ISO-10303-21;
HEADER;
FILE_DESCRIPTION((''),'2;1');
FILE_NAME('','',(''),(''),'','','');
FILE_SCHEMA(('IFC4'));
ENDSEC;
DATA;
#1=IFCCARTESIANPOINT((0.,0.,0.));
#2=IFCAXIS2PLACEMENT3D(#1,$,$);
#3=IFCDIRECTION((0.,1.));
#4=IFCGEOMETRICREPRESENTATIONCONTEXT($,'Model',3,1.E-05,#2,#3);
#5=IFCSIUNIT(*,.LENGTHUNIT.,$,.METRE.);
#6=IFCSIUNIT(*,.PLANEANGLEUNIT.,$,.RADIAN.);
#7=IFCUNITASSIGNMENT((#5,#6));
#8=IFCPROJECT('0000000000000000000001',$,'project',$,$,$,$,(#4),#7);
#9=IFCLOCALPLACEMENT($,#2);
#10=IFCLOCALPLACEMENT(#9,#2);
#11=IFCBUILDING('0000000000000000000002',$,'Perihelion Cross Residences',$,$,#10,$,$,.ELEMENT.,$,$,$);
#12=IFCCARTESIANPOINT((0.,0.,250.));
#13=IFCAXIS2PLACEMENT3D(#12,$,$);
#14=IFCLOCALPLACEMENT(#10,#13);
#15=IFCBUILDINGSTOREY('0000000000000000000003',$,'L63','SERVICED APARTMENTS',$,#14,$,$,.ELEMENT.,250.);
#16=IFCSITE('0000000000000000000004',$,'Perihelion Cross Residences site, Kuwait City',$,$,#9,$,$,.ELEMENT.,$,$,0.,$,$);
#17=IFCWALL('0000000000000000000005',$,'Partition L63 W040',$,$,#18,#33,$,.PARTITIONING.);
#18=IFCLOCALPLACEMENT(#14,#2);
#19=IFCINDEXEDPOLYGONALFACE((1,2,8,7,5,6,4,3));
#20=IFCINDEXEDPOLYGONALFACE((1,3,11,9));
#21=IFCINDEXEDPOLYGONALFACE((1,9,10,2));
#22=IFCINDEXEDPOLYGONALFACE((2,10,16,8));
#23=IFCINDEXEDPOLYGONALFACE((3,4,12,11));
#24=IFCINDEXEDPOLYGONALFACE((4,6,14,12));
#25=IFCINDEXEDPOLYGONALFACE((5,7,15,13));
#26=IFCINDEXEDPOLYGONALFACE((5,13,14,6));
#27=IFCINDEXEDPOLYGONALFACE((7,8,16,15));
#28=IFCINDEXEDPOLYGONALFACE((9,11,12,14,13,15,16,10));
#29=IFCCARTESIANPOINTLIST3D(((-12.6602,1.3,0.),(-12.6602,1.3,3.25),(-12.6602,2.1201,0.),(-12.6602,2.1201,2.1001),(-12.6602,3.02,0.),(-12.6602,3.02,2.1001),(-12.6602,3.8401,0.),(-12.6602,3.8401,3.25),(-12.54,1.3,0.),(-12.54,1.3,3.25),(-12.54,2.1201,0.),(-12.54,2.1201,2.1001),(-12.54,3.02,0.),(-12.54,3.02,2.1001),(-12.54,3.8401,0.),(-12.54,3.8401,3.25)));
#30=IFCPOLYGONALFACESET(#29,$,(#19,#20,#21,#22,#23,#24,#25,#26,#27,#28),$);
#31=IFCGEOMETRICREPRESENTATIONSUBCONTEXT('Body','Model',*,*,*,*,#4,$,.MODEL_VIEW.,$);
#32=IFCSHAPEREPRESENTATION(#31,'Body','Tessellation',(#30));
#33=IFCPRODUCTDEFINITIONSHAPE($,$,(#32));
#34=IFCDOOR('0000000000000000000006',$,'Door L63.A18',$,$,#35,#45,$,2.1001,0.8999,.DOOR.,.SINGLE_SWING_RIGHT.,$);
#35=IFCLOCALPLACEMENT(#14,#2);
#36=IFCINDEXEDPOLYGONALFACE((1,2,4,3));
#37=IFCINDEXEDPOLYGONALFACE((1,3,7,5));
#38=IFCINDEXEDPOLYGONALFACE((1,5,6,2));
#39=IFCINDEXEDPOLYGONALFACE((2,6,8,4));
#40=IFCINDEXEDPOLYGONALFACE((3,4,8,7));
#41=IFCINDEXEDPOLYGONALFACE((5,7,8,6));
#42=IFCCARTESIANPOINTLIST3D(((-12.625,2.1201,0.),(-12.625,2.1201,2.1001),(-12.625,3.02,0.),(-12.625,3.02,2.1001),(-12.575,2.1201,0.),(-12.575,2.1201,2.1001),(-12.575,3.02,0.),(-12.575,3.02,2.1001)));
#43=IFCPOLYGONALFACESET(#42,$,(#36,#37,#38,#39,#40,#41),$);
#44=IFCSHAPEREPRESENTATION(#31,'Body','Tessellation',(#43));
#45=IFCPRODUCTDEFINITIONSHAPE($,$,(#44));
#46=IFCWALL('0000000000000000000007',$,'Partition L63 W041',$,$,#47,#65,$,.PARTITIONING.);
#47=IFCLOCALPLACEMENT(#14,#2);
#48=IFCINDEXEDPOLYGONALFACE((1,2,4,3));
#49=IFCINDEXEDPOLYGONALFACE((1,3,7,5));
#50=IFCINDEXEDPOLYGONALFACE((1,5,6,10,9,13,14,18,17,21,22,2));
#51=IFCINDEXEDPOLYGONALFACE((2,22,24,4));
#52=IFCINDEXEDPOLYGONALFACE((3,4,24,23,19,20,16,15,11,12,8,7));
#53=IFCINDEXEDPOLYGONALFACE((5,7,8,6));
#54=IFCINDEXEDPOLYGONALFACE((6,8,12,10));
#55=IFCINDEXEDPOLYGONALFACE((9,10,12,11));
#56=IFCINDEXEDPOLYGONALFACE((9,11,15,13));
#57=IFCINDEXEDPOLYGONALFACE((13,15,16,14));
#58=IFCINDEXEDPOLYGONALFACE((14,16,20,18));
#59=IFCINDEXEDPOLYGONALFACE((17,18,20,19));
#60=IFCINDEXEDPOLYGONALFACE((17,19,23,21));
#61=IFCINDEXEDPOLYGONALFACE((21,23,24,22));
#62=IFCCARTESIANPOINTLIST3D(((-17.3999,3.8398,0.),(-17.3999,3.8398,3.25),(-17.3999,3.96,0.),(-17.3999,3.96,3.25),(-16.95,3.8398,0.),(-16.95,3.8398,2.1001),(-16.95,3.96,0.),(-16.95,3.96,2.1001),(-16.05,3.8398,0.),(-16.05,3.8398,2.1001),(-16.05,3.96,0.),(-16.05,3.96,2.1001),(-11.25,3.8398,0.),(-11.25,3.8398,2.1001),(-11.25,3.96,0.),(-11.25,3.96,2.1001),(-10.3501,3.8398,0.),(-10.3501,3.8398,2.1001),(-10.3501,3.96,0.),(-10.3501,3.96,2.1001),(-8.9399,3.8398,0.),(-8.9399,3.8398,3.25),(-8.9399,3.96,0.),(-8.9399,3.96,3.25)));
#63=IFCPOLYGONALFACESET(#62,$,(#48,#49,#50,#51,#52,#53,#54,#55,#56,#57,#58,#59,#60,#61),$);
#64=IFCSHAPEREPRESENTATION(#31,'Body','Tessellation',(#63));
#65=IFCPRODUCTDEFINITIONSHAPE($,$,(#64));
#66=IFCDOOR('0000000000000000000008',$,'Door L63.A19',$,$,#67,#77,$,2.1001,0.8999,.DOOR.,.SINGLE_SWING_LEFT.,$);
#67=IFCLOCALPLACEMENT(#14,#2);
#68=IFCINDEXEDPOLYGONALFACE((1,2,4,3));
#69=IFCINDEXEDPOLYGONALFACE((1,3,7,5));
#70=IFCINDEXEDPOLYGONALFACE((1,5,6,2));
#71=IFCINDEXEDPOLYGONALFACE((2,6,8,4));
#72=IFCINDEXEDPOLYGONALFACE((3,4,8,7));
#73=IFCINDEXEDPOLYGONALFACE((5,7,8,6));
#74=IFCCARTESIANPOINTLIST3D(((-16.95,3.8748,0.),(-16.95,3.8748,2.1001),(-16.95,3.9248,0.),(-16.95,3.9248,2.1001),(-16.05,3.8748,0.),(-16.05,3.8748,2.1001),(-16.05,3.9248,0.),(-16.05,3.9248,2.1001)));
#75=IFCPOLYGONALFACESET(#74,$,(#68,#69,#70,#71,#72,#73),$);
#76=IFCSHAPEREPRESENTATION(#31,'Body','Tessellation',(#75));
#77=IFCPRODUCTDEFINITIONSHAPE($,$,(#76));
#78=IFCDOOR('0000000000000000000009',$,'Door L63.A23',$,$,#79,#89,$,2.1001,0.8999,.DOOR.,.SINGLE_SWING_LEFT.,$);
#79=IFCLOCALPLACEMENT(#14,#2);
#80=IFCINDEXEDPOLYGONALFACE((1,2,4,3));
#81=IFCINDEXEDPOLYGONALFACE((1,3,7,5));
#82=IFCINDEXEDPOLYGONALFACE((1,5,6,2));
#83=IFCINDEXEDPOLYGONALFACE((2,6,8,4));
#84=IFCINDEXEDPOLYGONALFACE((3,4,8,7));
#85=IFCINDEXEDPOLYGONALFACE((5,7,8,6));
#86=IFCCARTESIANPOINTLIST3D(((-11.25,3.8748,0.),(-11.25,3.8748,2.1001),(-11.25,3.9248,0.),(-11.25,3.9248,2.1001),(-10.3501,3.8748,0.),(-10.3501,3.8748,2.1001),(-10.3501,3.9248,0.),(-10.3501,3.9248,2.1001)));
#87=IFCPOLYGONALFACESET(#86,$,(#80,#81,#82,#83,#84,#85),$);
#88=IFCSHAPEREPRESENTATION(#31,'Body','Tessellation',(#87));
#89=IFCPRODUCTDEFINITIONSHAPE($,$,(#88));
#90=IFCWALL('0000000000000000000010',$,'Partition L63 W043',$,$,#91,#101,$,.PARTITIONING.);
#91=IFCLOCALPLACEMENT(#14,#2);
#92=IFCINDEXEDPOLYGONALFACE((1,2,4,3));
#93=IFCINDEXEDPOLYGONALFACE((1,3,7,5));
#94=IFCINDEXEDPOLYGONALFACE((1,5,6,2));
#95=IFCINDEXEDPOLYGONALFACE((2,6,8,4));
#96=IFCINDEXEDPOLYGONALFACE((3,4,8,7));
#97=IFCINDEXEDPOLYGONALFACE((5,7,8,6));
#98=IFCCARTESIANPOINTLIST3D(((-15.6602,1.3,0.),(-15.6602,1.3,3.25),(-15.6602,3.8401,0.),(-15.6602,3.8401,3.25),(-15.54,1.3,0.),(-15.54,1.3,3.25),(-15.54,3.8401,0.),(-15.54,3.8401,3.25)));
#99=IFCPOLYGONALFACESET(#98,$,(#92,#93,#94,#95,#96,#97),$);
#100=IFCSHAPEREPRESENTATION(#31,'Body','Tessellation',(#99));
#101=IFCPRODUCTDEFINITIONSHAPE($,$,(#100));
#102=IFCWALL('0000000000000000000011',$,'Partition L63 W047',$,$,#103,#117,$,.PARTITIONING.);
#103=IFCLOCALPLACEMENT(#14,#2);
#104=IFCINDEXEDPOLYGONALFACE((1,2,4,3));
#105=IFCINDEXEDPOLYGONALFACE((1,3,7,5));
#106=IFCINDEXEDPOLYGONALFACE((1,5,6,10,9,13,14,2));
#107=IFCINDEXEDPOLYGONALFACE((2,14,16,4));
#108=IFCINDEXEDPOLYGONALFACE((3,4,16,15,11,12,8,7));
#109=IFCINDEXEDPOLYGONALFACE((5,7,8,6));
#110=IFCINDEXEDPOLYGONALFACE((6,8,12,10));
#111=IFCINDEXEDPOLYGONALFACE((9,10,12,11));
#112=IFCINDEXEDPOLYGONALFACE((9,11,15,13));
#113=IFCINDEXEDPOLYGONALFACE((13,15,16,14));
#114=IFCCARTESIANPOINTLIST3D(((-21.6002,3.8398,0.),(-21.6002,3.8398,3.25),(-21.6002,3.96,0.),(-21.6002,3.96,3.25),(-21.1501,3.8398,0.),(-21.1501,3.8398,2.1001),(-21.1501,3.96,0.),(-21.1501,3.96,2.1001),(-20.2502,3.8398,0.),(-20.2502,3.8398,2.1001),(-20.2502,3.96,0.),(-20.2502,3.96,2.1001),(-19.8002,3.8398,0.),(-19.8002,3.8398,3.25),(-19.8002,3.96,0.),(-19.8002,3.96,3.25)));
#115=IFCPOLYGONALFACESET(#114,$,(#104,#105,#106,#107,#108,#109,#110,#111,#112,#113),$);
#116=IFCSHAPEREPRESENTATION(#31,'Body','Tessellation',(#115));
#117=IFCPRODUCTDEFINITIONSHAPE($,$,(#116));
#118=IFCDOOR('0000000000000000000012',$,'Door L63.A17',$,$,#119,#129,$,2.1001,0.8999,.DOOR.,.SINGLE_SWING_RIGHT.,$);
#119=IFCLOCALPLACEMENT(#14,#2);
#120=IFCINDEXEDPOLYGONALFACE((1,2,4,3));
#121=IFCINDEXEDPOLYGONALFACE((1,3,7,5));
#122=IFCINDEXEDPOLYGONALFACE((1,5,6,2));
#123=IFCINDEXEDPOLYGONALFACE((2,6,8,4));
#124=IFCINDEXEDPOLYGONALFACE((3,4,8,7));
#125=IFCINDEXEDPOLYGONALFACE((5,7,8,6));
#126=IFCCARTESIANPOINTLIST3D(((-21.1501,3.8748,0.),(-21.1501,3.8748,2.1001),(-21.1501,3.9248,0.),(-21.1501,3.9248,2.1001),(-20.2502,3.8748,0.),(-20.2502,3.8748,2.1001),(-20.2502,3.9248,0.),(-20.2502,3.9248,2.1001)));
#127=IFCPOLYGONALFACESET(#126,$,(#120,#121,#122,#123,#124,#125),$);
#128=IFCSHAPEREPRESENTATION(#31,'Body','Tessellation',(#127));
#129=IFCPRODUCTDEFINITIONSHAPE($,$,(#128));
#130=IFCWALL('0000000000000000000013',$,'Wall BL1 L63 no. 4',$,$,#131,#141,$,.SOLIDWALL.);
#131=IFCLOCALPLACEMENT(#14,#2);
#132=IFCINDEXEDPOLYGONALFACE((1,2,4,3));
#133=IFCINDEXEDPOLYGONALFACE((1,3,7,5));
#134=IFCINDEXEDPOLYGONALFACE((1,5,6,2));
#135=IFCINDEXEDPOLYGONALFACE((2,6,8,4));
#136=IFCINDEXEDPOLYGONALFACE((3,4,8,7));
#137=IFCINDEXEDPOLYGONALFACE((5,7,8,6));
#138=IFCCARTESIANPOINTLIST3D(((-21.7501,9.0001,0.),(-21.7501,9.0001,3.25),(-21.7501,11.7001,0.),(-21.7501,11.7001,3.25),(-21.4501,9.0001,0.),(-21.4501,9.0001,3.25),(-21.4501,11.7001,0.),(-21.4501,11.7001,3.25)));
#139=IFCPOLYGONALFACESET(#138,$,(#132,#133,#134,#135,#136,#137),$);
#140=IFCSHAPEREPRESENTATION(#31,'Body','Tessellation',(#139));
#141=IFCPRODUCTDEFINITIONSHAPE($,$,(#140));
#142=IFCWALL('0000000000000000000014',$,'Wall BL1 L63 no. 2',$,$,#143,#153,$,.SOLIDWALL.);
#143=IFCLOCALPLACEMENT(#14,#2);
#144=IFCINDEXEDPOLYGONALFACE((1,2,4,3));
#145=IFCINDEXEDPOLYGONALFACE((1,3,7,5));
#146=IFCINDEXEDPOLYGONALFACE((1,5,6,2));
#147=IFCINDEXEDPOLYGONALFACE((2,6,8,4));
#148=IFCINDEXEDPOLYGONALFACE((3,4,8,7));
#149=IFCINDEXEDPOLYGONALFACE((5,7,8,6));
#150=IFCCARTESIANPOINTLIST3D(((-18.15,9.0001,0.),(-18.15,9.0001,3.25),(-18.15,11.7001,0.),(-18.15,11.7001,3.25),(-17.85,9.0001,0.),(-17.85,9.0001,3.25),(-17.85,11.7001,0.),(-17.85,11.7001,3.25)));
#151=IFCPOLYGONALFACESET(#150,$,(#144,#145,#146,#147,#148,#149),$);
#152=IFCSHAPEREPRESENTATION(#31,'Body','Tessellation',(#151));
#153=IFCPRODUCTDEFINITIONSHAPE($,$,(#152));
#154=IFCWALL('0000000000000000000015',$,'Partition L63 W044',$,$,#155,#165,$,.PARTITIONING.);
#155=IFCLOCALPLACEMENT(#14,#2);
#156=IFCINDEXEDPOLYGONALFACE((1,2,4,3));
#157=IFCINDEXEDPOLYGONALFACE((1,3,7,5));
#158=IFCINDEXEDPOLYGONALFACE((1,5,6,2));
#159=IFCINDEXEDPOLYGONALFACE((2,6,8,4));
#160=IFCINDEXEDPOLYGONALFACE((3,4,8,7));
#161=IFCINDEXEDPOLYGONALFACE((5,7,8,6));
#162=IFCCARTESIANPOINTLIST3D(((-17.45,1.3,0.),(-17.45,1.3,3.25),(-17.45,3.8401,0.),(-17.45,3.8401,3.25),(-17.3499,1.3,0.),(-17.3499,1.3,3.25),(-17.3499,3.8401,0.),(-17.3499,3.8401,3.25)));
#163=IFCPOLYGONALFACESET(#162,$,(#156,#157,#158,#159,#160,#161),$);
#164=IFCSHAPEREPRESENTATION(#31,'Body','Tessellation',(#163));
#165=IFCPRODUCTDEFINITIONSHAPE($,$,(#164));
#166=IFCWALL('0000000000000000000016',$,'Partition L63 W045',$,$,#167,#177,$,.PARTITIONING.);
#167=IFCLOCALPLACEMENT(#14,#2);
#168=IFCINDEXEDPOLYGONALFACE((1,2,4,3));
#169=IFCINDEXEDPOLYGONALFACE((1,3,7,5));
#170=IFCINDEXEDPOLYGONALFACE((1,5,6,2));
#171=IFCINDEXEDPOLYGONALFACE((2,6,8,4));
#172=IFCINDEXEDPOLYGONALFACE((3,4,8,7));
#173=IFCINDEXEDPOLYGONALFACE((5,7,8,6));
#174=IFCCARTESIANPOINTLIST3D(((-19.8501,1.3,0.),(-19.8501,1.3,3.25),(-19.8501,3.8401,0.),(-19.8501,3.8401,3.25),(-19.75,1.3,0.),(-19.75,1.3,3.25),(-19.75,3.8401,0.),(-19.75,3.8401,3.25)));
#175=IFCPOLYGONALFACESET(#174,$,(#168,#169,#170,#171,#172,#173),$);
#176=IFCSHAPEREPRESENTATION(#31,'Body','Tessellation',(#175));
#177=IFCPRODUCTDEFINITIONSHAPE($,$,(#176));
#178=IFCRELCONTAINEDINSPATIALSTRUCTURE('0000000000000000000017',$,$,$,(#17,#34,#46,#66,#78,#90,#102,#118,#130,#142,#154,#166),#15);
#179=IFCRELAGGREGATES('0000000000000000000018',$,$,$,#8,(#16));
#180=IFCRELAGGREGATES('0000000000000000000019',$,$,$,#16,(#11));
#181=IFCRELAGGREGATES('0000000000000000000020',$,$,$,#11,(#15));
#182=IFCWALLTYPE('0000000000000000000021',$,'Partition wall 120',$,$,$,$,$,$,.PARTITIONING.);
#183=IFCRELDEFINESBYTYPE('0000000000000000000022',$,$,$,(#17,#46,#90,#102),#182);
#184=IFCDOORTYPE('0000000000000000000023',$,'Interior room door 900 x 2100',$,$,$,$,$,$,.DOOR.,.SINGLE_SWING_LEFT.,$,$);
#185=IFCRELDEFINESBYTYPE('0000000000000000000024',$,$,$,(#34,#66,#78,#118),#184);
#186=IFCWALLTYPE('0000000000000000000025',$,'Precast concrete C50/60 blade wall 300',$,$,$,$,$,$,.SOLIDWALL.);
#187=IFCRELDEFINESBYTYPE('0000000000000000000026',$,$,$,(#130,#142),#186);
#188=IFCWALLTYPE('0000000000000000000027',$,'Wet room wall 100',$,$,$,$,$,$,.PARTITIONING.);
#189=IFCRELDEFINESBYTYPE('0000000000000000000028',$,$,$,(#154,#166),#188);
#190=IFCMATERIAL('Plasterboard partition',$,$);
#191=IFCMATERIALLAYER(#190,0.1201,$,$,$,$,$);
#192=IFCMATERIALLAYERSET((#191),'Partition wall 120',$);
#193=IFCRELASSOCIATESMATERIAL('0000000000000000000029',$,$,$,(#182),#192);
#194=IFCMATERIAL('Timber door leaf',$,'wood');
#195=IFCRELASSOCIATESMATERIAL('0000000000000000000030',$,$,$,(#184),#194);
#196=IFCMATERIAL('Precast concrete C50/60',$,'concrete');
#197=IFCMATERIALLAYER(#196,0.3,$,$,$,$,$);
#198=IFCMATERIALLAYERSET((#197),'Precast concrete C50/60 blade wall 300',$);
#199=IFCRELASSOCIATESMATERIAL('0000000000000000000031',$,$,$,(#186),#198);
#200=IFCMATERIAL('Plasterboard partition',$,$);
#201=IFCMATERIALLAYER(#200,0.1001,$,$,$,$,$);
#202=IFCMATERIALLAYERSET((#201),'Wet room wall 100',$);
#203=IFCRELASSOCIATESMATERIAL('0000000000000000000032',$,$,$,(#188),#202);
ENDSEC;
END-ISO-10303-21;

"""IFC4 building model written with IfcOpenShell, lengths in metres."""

from ifc_helpers import new_model, si_unit, direction, frame, frame_2d, origin, place, context, subcontext, project, spatial, rectangle, extrude, material, layer, layer_set, type_object, element, fill, save


model = new_model("IFC4")

# Units and contexts
model_context = context("Model", 3, precision=1e-05, world=origin(), true_north=direction((0.0, 1.0)))
body_context = subcontext(model_context, "Body", "Model", "MODEL_VIEW")
ifc_project = project(units=[si_unit("LENGTHUNIT", "METRE"), si_unit("PLANEANGLEUNIT", "RADIAN")], contexts=[model_context])

# Site, building, storey
site_placement = place(None, origin())
site = spatial("IfcSite", under=ifc_project, at=site_placement, Name="Perihelion Cross Residences site, Kuwait City", CompositionType="ELEMENT", RefElevation=0.0)
building_placement = place(site_placement, origin())
building = spatial("IfcBuilding", under=site, at=building_placement, Name="Perihelion Cross Residences", CompositionType="ELEMENT")
storey_placement = place(building_placement, frame((0.0, 0.0, 250.0)))
storey = spatial("IfcBuildingStorey", under=building, at=storey_placement, Name="L63", Description="SERVICED APARTMENTS", CompositionType="ELEMENT", Elevation=250.0)

# Wall, opening, door
ifc_material_1 = material(Name="Plasterboard partition")
ifc_layer_1 = layer(ifc_material_1, 0.1201)
ifc_layer_set_1 = layer_set([ifc_layer_1], Name="Partition wall 120")
wall_type_1 = type_object("IfcWallType", Name="Partition wall 120", PredefinedType="PARTITIONING", material=ifc_layer_set_1)
wall_1_placement = place(storey_placement, frame((-12.6001, 1.3, 0.0), z_axis=(0.0, 0.0, 1.0), x_axis=(0.0, 1.0, 0.0)))
wall_1 = element("IfcWall", 1, at=wall_1_placement, inside=storey, type_object=wall_type_1, Name="Partition L63 W040", PredefinedType="PARTITIONING", context=body_context, shape_type="SweptSolid", body=[
    extrude(rectangle(XDim=2.54, YDim=0.1201, at=frame_2d((1.27, 0.0))), origin(), (0.0, 0.0, 1.0), 3.25),
])
opening_1_placement = place(wall_1_placement, frame((0.8201, 0.0, 0.0)))
opening_1 = element("IfcOpeningElement", 2, at=opening_1_placement, cuts=wall_1, PredefinedType="OPENING", context=body_context, shape_type="SweptSolid", body=[
    extrude(rectangle(XDim=0.8999, YDim=2.1001, at=frame_2d((0.45, 1.05))), frame((0.0, 0.0701, 0.0), z_axis=(0.0, -1.0, 0.0), x_axis=(1.0, 0.0, 0.0)), (0.0, 0.0, 1.0), 0.1401),
])
ifc_material_2 = material(Name="Timber door leaf", Category="wood")
door_type_1 = type_object("IfcDoorType", Name="Interior room door 900 x 2100", OperationType="SINGLE_SWING_LEFT", PredefinedType="DOOR", material=ifc_material_2)
door_1_placement = place(opening_1_placement, origin())
door_1 = element("IfcDoor", 3, at=door_1_placement, inside=storey, type_object=door_type_1, Name="Door L63.A18", OperationType="SINGLE_SWING_RIGHT", OverallHeight=2.1001, OverallWidth=0.8999, PredefinedType="DOOR", context=body_context, shape_type="SweptSolid", body=[
    extrude(rectangle(XDim=0.8999, YDim=2.1001, at=frame_2d((0.45, 1.05))), frame((0.0, 0.0249, 0.0), z_axis=(0.0, -1.0, 0.0), x_axis=(1.0, 0.0, 0.0)), (0.0, 0.0, 1.0), 0.05),
])
fill(opening_1, door_1)

# Wall, openings, doors
wall_2_placement = place(storey_placement, frame((-17.3999, 3.8999, 0.0), z_axis=(0.0, 0.0, 1.0), x_axis=(1.0, 0.0, 0.0)))
wall_2 = element("IfcWall", 4, at=wall_2_placement, inside=storey, type_object=wall_type_1, Name="Partition L63 W041", PredefinedType="PARTITIONING", context=body_context, shape_type="SweptSolid", body=[
    extrude(rectangle(XDim=8.46, YDim=0.1201, at=frame_2d((4.23, 0.0))), origin(), (0.0, 0.0, 1.0), 3.25),
])
opening_2_placement = place(wall_2_placement, frame((0.45, 0.0, 0.0)))
opening_2 = element("IfcOpeningElement", 5, at=opening_2_placement, cuts=wall_2, PredefinedType="OPENING", context=body_context, shape_type="SweptSolid", body=[
    extrude(rectangle(XDim=0.8999, YDim=2.1001, at=frame_2d((0.45, 1.05))), frame((0.0, 0.0701, 0.0), z_axis=(0.0, -1.0, 0.0), x_axis=(1.0, 0.0, 0.0)), (0.0, 0.0, 1.0), 0.1401),
])
opening_3_placement = place(wall_2_placement, frame((6.1499, 0.0, 0.0)))
opening_3 = element("IfcOpeningElement", 6, at=opening_3_placement, cuts=wall_2, PredefinedType="OPENING", context=body_context, shape_type="SweptSolid", body=[
    extrude(rectangle(XDim=0.8999, YDim=2.1001, at=frame_2d((0.45, 1.05))), frame((0.0, 0.0701, 0.0), z_axis=(0.0, -1.0, 0.0), x_axis=(1.0, 0.0, 0.0)), (0.0, 0.0, 1.0), 0.1401),
])
door_2_placement = place(opening_2_placement, origin())
door_2 = element("IfcDoor", 7, at=door_2_placement, inside=storey, type_object=door_type_1, Name="Door L63.A19", OperationType="SINGLE_SWING_LEFT", OverallHeight=2.1001, OverallWidth=0.8999, PredefinedType="DOOR", context=body_context, shape_type="SweptSolid", body=[
    extrude(rectangle(XDim=0.8999, YDim=2.1001, at=frame_2d((0.45, 1.05))), frame((0.0, 0.0249, 0.0), z_axis=(0.0, -1.0, 0.0), x_axis=(1.0, 0.0, 0.0)), (0.0, 0.0, 1.0), 0.05),
])
fill(opening_2, door_2)
door_3_placement = place(opening_3_placement, origin())
door_3 = element("IfcDoor", 8, at=door_3_placement, inside=storey, type_object=door_type_1, Name="Door L63.A23", OperationType="SINGLE_SWING_LEFT", OverallHeight=2.1001, OverallWidth=0.8999, PredefinedType="DOOR", context=body_context, shape_type="SweptSolid", body=[
    extrude(rectangle(XDim=0.8999, YDim=2.1001, at=frame_2d((0.45, 1.05))), frame((0.0, 0.0249, 0.0), z_axis=(0.0, -1.0, 0.0), x_axis=(1.0, 0.0, 0.0)), (0.0, 0.0, 1.0), 0.05),
])
fill(opening_3, door_3)

# Wall
wall_3_placement = place(storey_placement, frame((-15.6001, 1.3, 0.0), z_axis=(0.0, 0.0, 1.0), x_axis=(0.0, 1.0, 0.0)))
element("IfcWall", 9, at=wall_3_placement, inside=storey, type_object=wall_type_1, Name="Partition L63 W043", PredefinedType="PARTITIONING", context=body_context, shape_type="SweptSolid", body=[
    extrude(rectangle(XDim=2.54, YDim=0.1201, at=frame_2d((1.27, 0.0))), origin(), (0.0, 0.0, 1.0), 3.25),
])

# Wall, opening, door
wall_4_placement = place(storey_placement, frame((-21.6001, 3.8999, 0.0), z_axis=(0.0, 0.0, 1.0), x_axis=(1.0, 0.0, 0.0)))
wall_4 = element("IfcWall", 10, at=wall_4_placement, inside=storey, type_object=wall_type_1, Name="Partition L63 W047", PredefinedType="PARTITIONING", context=body_context, shape_type="SweptSolid", body=[
    extrude(rectangle(XDim=1.8, YDim=0.1201, at=frame_2d((0.8999, 0.0))), origin(), (0.0, 0.0, 1.0), 3.25),
])
opening_4_placement = place(wall_4_placement, frame((0.45, 0.0, 0.0)))
opening_4 = element("IfcOpeningElement", 11, at=opening_4_placement, cuts=wall_4, PredefinedType="OPENING", context=body_context, shape_type="SweptSolid", body=[
    extrude(rectangle(XDim=0.8999, YDim=2.1001, at=frame_2d((0.45, 1.05))), frame((0.0, 0.0701, 0.0), z_axis=(0.0, -1.0, 0.0), x_axis=(1.0, 0.0, 0.0)), (0.0, 0.0, 1.0), 0.1401),
])
door_4_placement = place(opening_4_placement, origin())
door_4 = element("IfcDoor", 12, at=door_4_placement, inside=storey, type_object=door_type_1, Name="Door L63.A17", OperationType="SINGLE_SWING_RIGHT", OverallHeight=2.1001, OverallWidth=0.8999, PredefinedType="DOOR", context=body_context, shape_type="SweptSolid", body=[
    extrude(rectangle(XDim=0.8999, YDim=2.1001, at=frame_2d((0.45, 1.05))), frame((0.0, 0.0249, 0.0), z_axis=(0.0, -1.0, 0.0), x_axis=(1.0, 0.0, 0.0)), (0.0, 0.0, 1.0), 0.05),
])
fill(opening_4, door_4)

# Walls
ifc_material_3 = material(Name="Precast concrete C50/60", Category="concrete")
ifc_layer_2 = layer(ifc_material_3, 0.3)
ifc_layer_set_2 = layer_set([ifc_layer_2], Name="Precast concrete C50/60 blade wall 300")
wall_type_2 = type_object("IfcWallType", Name="Precast concrete C50/60 blade wall 300", PredefinedType="SOLIDWALL", material=ifc_layer_set_2)
for number, where, z_axis, x_axis, name in (
    (13, (-21.6001, 9.0, 0.0), (0.0, 0.0, 1.0), (0.0, 1.0, 0.0), "Wall BL1 L63 no. 4"),
    (14, (-18.0, 9.0, 0.0), (0.0, 0.0, 1.0), (0.0, 1.0, 0.0), "Wall BL1 L63 no. 2"),
):
    element("IfcWall", number, at=place(storey_placement, frame(where, z_axis=z_axis, x_axis=x_axis)), inside=storey, type_object=wall_type_2, Name=name, PredefinedType="SOLIDWALL", context=body_context, shape_type="SweptSolid", body=[
        extrude(rectangle(XDim=2.7, YDim=0.3, at=frame_2d((1.3501, 0.0))), origin(), (0.0, 0.0, 1.0), 3.25),
    ])
ifc_material_4 = material(Name="Plasterboard partition")
ifc_layer_3 = layer(ifc_material_4, 0.1001)
ifc_layer_set_3 = layer_set([ifc_layer_3], Name="Wet room wall 100")
wall_type_3 = type_object("IfcWallType", Name="Wet room wall 100", PredefinedType="PARTITIONING", material=ifc_layer_set_3)
for number, where, z_axis, x_axis, name in (
    (15, (-17.3999, 1.3, 0.0), (0.0, 0.0, 1.0), (0.0, 1.0, 0.0), "Partition L63 W044"),
    (16, (-19.8, 1.3, 0.0), (0.0, 0.0, 1.0), (0.0, 1.0, 0.0), "Partition L63 W045"),
):
    element("IfcWall", number, at=place(storey_placement, frame(where, z_axis=z_axis, x_axis=x_axis)), inside=storey, type_object=wall_type_3, Name=name, PredefinedType="PARTITIONING", context=body_context, shape_type="SweptSolid", body=[
        extrude(rectangle(XDim=2.54, YDim=0.1001, at=frame_2d((1.27, 0.0))), origin(), (0.0, 0.0, 1.0), 3.25),
    ])

save(model, "model.ifc")
